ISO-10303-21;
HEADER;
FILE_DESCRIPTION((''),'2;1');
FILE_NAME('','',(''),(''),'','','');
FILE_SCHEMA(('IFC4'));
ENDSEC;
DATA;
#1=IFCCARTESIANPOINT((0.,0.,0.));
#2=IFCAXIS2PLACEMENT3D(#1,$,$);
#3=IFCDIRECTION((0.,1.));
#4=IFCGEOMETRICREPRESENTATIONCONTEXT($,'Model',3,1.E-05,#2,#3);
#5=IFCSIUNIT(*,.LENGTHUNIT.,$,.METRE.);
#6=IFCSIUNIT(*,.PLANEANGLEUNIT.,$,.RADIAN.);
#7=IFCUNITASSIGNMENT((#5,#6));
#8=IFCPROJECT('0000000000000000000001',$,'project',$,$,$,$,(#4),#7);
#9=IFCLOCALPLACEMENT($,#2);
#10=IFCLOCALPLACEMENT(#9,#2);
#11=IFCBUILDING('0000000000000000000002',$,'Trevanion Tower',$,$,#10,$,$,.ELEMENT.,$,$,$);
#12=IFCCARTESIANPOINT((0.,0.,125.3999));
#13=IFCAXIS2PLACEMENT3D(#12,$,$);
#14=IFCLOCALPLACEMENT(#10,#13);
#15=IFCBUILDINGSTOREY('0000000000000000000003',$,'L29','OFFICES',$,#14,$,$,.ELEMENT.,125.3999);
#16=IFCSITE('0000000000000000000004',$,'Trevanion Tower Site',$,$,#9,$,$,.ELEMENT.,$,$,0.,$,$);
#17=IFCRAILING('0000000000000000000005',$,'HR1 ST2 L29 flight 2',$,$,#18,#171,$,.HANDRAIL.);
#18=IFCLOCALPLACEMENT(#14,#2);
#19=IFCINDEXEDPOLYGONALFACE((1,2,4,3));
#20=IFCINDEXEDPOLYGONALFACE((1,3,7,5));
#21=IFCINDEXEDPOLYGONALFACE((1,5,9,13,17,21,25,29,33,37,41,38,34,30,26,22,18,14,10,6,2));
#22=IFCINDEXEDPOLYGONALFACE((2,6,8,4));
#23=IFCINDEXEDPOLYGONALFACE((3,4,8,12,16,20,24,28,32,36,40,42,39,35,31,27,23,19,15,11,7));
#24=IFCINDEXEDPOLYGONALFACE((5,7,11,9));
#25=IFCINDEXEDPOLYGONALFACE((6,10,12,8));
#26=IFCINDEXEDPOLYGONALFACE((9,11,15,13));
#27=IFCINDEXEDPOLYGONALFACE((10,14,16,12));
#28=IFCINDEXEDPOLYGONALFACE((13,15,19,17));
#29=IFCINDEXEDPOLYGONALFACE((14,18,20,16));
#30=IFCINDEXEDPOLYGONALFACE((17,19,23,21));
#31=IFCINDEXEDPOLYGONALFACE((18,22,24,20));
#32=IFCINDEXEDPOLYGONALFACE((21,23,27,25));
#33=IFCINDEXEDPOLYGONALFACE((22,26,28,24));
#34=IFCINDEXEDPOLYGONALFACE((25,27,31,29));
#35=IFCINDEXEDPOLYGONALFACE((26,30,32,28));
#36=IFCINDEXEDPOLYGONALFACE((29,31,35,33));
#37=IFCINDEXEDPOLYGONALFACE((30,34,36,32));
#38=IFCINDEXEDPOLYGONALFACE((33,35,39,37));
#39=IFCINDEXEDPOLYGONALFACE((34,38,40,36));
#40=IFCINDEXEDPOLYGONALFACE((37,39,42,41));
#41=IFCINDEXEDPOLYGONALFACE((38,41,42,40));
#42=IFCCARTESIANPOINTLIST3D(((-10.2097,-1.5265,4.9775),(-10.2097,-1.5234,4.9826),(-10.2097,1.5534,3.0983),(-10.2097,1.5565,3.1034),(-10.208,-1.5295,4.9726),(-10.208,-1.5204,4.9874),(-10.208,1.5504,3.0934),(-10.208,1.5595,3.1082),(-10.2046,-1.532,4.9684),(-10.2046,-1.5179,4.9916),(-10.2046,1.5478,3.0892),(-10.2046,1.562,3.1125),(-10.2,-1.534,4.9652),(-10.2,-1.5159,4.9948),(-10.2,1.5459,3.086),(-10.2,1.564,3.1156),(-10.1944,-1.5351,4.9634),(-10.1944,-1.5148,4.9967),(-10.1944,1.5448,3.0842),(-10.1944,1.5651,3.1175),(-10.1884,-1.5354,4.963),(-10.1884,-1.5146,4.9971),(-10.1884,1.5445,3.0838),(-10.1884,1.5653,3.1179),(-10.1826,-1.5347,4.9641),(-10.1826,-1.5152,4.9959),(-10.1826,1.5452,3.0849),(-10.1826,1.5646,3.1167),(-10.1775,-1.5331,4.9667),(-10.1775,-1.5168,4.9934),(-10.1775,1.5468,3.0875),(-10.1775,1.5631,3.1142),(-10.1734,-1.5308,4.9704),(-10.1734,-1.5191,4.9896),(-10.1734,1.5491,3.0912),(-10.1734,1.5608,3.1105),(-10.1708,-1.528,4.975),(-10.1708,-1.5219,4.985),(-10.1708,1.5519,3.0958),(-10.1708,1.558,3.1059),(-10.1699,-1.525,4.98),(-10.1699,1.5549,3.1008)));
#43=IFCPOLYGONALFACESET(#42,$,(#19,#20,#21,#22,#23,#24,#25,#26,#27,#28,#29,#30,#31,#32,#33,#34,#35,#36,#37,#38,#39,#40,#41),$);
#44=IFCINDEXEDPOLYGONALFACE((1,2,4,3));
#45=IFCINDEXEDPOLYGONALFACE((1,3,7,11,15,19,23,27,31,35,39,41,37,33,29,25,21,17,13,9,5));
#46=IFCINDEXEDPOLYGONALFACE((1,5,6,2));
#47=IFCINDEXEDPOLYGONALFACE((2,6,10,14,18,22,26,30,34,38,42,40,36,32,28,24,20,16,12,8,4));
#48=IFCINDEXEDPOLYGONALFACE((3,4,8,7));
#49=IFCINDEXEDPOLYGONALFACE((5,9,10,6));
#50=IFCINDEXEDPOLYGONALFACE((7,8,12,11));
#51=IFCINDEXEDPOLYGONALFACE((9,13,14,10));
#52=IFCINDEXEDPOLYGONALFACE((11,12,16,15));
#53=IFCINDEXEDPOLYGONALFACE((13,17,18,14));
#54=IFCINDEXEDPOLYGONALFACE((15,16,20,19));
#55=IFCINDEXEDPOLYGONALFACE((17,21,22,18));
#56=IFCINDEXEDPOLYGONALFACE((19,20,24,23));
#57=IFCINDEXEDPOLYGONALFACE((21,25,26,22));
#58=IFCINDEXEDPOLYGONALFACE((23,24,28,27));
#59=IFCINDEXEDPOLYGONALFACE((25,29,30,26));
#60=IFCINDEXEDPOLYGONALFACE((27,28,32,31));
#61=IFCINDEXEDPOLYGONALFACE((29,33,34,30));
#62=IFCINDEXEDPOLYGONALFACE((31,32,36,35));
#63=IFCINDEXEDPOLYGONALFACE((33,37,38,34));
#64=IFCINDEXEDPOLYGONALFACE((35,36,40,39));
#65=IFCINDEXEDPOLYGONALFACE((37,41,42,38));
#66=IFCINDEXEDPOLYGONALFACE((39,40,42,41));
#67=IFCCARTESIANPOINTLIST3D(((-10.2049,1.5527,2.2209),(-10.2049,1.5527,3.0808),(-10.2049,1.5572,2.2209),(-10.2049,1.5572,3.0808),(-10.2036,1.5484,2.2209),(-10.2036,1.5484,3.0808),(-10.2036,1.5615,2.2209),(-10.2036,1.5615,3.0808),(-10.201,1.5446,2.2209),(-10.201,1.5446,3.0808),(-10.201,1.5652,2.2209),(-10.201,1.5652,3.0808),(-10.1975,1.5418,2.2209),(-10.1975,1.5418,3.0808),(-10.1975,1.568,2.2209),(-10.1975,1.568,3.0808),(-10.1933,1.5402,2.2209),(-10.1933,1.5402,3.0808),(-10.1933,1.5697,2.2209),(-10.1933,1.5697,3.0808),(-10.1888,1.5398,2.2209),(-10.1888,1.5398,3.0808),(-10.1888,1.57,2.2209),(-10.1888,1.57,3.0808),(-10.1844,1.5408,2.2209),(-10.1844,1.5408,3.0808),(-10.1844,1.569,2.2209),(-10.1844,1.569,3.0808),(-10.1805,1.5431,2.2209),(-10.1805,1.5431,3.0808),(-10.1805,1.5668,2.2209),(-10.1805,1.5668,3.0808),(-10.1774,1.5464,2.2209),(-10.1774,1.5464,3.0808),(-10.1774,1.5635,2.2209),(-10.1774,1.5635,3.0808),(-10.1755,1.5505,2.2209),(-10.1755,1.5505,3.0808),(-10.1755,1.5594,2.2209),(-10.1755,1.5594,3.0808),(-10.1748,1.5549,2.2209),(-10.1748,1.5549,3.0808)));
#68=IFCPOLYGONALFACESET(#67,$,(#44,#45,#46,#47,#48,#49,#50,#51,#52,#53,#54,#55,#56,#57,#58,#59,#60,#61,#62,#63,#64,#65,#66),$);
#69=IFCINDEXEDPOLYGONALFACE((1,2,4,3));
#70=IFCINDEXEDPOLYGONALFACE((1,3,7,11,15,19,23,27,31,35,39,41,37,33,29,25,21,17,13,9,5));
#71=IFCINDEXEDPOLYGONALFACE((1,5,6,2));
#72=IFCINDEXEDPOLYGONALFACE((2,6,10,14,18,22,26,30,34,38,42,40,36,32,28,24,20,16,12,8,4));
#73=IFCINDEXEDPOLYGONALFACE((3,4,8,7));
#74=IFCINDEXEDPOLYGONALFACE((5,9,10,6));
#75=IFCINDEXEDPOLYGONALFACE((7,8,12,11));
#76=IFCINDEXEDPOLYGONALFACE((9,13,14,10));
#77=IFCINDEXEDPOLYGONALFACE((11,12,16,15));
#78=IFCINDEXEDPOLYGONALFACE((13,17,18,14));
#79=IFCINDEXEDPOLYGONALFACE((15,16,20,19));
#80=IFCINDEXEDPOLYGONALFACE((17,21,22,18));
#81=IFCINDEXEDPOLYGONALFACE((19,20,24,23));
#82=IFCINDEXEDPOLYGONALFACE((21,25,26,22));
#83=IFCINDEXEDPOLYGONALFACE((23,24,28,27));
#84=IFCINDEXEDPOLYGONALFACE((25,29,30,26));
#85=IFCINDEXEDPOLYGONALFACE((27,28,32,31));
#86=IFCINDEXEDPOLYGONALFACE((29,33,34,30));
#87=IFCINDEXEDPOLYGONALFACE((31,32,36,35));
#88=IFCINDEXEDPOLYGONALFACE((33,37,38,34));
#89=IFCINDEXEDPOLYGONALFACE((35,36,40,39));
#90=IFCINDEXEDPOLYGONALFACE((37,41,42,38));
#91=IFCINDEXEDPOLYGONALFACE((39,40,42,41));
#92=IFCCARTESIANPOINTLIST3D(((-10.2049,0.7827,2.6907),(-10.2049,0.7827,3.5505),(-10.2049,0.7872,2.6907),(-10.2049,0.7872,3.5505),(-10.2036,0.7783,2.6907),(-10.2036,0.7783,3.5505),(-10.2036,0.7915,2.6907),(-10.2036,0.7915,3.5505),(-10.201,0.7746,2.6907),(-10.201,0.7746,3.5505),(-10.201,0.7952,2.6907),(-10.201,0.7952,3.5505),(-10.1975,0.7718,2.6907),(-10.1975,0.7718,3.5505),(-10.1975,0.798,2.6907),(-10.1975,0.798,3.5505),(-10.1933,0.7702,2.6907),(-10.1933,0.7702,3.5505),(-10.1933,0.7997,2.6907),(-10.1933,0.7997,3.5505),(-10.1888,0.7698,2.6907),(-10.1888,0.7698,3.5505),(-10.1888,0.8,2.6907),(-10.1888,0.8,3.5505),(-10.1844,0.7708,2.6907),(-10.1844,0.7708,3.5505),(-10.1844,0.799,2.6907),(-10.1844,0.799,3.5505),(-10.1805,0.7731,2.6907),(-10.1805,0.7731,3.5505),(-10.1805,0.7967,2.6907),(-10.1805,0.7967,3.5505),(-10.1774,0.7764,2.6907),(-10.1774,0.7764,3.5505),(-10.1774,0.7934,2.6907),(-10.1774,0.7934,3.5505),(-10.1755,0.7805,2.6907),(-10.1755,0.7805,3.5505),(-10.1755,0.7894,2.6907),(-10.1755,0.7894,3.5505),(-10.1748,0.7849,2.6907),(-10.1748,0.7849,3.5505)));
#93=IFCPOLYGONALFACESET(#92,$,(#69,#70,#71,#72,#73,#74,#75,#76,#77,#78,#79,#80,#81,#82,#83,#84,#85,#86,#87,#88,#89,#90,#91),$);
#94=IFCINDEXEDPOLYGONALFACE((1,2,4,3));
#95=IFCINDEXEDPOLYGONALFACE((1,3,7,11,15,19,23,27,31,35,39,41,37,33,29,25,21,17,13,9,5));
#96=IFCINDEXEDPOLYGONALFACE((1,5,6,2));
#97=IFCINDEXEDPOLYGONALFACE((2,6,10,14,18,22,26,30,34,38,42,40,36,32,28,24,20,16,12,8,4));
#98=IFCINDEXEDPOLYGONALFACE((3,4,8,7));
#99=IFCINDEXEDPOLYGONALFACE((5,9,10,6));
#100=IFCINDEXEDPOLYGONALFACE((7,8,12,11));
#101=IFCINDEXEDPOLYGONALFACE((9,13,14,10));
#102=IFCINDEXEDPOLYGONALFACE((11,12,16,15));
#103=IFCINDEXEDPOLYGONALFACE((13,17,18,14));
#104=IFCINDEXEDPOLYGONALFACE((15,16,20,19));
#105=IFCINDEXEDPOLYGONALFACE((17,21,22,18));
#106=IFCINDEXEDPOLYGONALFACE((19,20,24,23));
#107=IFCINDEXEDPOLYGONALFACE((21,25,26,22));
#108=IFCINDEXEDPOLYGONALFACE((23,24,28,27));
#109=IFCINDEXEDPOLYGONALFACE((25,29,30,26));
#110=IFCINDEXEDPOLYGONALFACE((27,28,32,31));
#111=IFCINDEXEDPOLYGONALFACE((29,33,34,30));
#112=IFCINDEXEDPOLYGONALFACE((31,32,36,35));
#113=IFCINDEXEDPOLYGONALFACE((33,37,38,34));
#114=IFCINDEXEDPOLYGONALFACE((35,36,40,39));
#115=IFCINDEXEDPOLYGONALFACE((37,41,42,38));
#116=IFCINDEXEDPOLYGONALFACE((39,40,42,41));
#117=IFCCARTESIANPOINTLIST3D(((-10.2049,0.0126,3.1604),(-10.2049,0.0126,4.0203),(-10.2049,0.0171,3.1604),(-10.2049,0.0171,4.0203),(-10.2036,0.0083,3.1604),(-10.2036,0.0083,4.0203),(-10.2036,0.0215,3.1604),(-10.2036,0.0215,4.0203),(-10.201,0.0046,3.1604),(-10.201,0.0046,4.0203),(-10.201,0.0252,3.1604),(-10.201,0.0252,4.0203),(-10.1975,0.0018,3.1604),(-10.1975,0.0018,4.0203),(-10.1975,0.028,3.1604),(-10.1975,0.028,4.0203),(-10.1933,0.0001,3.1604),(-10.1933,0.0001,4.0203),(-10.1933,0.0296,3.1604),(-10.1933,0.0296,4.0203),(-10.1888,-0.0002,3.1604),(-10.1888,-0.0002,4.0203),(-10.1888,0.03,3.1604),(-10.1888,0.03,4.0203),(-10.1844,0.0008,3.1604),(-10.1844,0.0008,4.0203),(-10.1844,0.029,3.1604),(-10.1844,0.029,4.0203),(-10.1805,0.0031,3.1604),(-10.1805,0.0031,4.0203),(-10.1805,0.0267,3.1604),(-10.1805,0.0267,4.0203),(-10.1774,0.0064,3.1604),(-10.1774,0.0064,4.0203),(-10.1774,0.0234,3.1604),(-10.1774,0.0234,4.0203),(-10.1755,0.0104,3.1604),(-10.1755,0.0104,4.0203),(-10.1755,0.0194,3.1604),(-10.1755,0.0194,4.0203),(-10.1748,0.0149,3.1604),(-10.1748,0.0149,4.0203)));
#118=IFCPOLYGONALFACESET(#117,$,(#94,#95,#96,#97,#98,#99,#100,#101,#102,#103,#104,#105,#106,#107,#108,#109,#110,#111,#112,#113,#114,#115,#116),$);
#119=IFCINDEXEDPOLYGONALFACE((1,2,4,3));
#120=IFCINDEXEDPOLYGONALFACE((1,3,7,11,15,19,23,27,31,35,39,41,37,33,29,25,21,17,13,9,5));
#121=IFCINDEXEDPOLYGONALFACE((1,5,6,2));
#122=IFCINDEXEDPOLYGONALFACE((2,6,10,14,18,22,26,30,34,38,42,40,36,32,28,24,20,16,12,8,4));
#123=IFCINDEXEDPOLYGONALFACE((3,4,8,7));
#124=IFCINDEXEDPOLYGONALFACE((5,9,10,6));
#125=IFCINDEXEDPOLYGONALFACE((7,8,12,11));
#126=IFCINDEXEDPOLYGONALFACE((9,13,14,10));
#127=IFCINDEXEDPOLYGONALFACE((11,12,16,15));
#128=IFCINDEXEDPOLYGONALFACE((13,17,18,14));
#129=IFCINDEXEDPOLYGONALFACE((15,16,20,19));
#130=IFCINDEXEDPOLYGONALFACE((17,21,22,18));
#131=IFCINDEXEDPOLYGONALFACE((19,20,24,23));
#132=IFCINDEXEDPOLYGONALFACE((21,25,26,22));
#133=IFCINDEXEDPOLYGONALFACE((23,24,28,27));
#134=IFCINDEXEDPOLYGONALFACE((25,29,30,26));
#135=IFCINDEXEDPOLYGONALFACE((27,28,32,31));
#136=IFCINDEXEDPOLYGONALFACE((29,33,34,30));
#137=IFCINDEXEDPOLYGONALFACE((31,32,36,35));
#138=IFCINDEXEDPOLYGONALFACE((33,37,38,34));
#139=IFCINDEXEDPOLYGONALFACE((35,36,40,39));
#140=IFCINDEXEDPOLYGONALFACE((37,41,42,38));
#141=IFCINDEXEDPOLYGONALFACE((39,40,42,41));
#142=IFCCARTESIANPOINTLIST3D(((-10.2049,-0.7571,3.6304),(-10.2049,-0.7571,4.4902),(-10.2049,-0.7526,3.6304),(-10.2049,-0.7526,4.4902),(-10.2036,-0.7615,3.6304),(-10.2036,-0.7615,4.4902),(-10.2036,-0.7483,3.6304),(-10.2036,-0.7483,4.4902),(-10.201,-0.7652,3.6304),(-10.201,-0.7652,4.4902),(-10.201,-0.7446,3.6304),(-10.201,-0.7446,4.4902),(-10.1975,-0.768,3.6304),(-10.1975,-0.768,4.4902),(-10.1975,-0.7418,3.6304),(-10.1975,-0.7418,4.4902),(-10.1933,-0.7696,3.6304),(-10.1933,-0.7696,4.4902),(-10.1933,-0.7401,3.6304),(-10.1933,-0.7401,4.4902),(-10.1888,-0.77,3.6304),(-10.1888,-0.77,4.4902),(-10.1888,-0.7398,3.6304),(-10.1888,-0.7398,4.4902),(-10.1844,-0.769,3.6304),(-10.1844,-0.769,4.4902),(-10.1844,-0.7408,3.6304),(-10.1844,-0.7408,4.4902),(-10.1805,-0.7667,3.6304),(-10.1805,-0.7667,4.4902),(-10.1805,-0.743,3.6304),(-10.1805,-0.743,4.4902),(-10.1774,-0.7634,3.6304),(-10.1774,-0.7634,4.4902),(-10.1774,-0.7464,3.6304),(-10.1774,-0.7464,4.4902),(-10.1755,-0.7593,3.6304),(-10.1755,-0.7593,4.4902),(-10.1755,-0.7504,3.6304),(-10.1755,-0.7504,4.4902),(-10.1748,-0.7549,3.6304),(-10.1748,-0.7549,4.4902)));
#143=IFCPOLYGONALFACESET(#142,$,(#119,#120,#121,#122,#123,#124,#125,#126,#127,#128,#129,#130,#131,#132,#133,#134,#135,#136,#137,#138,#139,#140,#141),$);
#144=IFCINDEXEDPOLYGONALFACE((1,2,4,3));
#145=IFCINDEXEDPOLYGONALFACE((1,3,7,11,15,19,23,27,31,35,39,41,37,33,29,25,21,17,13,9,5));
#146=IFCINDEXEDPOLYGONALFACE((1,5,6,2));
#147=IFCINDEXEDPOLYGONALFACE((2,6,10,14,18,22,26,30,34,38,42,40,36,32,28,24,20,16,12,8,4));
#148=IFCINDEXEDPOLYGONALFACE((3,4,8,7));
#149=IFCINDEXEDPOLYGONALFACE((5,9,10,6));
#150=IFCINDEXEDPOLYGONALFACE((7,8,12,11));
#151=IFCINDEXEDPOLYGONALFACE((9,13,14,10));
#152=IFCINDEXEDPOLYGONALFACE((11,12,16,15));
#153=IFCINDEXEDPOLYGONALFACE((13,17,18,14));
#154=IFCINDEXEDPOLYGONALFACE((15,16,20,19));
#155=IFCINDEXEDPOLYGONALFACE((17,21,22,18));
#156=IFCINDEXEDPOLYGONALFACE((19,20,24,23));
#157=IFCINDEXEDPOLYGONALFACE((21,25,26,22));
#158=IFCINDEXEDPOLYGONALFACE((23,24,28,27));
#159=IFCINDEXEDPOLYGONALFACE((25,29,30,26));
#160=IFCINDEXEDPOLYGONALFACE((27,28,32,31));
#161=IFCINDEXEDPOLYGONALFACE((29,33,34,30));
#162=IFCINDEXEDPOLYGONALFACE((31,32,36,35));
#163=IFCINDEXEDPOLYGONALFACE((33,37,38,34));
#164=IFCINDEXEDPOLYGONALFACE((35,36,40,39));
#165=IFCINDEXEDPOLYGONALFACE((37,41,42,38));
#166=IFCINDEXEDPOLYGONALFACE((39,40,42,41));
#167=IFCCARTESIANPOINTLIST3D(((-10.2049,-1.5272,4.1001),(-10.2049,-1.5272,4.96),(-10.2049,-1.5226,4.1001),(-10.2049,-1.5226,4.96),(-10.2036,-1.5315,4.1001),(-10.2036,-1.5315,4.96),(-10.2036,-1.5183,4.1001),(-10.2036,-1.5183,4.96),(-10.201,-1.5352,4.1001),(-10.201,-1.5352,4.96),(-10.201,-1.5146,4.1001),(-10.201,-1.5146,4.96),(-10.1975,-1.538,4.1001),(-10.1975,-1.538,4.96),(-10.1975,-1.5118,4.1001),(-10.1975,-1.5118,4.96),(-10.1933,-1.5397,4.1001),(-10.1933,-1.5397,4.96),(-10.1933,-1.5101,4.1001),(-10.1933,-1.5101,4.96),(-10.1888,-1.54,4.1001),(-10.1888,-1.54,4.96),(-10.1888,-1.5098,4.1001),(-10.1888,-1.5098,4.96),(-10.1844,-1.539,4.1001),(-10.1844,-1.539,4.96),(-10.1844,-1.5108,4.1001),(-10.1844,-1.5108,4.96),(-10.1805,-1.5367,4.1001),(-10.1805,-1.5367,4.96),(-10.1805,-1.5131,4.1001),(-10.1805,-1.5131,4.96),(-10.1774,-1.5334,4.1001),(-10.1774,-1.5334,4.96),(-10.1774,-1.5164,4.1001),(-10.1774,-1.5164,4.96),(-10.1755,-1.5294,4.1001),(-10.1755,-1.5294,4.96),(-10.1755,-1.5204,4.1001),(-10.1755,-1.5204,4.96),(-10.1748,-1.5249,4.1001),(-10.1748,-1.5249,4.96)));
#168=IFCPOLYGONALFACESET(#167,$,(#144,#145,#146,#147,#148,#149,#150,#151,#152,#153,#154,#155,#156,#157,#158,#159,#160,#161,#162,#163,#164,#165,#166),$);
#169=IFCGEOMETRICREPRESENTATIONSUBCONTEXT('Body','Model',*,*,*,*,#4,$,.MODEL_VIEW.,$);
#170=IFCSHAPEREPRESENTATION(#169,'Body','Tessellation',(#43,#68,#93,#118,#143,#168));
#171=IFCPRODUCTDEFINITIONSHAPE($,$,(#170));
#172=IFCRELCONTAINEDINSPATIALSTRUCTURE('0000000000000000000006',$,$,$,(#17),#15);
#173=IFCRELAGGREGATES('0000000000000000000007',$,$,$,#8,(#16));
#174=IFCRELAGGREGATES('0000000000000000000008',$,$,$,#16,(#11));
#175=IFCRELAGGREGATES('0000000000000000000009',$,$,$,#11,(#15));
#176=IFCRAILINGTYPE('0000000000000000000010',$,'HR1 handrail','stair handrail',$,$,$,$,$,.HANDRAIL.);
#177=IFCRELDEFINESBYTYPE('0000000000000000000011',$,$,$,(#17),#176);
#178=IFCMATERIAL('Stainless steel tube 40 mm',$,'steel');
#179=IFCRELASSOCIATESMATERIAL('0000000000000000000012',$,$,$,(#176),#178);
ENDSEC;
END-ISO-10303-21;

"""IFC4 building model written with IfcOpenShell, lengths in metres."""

from ifc_helpers import new_model, si_unit, direction, frame, origin, origin_2d, place, context, subcontext, project, spatial, circle, extrude, material, type_object, element, save


model = new_model("IFC4")

# Units and contexts
model_context = context("Model", 3, precision=1e-05, world=origin(), true_north=direction((0.0, 1.0)))
body_context = subcontext(model_context, "Body", "Model", "MODEL_VIEW")
ifc_project = project(units=[si_unit("LENGTHUNIT", "METRE"), si_unit("PLANEANGLEUNIT", "RADIAN")], contexts=[model_context])

# Site, building, storey
site_placement = place(None, origin())
site = spatial("IfcSite", under=ifc_project, at=site_placement, Name="Trevanion Tower Site", CompositionType="ELEMENT", RefElevation=0.0)
building_placement = place(site_placement, origin())
building = spatial("IfcBuilding", under=site, at=building_placement, Name="Trevanion Tower", CompositionType="ELEMENT")
storey_placement = place(building_placement, frame((0.0, 0.0, 125.3999)))
storey = spatial("IfcBuildingStorey", under=building, at=storey_placement, Name="L29", Description="OFFICES", CompositionType="ELEMENT", Elevation=125.3999)

# Railing
ifc_material_1 = material(Name="Stainless steel tube 40 mm", Category="steel")
railing_type = type_object("IfcRailingType", Name="HR1 handrail", Description="stair handrail", PredefinedType="HANDRAIL", material=ifc_material_1)
for number, where, name in (
    (1, (-10.1899, 1.5549, 2.2209), "HR1 ST2 L29 flight 2"),
):
    element("IfcRailing", number, at=place(storey_placement, frame(where)), inside=storey, type_object=railing_type, Name=name, PredefinedType="HANDRAIL", context=body_context, shape_type="SweptSolid", body=[
        extrude(circle(Radius=0.02, at=origin_2d()), frame((0.0, 0.0, 0.8799), z_axis=(0.0, -0.853648, 0.52085), x_axis=(1.0, 0.0, 0.0)), (0.0, 0.0, 1.0), 3.6079),
        extrude(circle(Radius=0.0151, at=origin_2d()), origin(), (0.0, 0.0, 1.0), 0.8599),
        extrude(circle(Radius=0.0151, at=origin_2d()), frame((0.0, -0.77, 0.4697)), (0.0, 0.0, 1.0), 0.8599),
        extrude(circle(Radius=0.0151, at=origin_2d()), frame((0.0, -1.54, 0.9395)), (0.0, 0.0, 1.0), 0.8599),
        extrude(circle(Radius=0.0151, at=origin_2d()), frame((0.0, -2.3098, 1.4094)), (0.0, 0.0, 1.0), 0.8599),
        extrude(circle(Radius=0.0151, at=origin_2d()), frame((0.0, -3.0798, 1.8792)), (0.0, 0.0, 1.0), 0.8599),
    ])

save(model, "model.ifc")
